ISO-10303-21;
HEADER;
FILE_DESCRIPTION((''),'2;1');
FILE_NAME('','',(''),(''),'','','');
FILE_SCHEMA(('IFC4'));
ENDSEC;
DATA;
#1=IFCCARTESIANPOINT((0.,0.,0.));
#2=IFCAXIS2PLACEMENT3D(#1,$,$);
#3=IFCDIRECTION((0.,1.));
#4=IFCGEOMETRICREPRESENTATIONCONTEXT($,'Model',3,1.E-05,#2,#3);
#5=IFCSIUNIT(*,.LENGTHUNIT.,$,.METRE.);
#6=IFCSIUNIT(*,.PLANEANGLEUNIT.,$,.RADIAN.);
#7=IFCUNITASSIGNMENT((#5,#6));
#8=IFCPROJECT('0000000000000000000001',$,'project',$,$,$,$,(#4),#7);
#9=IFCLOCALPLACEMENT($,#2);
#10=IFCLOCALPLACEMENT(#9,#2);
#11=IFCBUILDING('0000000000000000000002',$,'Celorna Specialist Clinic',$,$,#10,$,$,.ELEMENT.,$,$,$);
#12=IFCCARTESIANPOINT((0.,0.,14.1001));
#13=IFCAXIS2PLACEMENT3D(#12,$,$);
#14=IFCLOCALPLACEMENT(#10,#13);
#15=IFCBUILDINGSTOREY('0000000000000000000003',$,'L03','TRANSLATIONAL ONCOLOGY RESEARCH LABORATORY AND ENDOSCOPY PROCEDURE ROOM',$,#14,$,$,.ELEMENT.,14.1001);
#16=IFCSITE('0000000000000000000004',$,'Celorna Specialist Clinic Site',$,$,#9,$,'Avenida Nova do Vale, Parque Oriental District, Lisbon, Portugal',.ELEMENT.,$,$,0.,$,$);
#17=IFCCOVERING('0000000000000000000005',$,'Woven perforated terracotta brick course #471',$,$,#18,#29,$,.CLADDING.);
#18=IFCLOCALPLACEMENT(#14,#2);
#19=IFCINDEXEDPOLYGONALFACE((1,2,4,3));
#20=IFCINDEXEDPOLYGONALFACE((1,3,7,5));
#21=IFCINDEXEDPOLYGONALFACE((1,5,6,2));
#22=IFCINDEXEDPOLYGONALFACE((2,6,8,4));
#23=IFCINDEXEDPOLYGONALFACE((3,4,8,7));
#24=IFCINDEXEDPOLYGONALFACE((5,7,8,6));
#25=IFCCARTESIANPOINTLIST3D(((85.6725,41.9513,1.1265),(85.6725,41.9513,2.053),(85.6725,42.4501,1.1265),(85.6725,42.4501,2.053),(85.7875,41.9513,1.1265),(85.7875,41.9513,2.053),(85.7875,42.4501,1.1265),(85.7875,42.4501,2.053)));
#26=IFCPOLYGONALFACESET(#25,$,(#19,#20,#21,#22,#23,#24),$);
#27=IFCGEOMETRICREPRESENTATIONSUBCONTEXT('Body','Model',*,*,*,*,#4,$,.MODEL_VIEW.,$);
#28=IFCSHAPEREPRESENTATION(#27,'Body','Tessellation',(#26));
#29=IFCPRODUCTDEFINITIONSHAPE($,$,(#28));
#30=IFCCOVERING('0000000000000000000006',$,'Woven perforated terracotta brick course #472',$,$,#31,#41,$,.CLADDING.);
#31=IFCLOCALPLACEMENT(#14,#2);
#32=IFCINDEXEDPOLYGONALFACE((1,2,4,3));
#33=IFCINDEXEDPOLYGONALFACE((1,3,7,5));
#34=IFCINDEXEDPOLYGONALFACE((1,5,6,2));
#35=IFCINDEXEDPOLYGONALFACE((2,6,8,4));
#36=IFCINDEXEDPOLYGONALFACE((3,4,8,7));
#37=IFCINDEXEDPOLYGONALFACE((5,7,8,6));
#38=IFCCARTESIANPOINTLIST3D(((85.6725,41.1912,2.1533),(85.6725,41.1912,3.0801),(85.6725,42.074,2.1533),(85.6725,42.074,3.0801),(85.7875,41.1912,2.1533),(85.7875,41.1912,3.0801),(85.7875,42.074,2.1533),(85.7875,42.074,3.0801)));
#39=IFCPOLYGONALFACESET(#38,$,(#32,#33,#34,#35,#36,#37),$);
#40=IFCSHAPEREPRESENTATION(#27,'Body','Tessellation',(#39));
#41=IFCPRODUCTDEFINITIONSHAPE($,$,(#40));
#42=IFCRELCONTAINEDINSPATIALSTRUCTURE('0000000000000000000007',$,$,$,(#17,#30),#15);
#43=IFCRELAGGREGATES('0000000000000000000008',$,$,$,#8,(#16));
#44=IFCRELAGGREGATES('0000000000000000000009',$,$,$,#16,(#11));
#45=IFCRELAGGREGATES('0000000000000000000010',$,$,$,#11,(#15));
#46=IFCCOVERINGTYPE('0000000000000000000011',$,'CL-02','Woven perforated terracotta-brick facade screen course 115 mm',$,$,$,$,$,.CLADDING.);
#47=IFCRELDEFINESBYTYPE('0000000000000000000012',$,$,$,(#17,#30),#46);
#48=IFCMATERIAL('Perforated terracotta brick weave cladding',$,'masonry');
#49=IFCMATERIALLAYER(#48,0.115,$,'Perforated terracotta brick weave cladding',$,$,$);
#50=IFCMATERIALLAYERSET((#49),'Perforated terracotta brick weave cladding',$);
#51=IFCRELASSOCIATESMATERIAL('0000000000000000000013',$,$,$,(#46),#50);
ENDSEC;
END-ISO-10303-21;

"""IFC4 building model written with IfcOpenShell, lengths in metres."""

from ifc_helpers import new_model, si_unit, direction, frame, origin, origin_2d, place, context, subcontext, project, spatial, rectangle, extrude, material, layer, layer_set, type_object, element, save


model = new_model("IFC4")

# Units and contexts
model_context = context("Model", 3, precision=1e-05, world=origin(), true_north=direction((0.0, 1.0)))
body_context = subcontext(model_context, "Body", "Model", "MODEL_VIEW")
ifc_project = project(units=[si_unit("LENGTHUNIT", "METRE"), si_unit("PLANEANGLEUNIT", "RADIAN")], contexts=[model_context])

# Site, building, storey
site_placement = place(None, origin())
site = spatial("IfcSite", under=ifc_project, at=site_placement, Name="Celorna Specialist Clinic Site", LongName="Avenida Nova do Vale, Parque Oriental District, Lisbon, Portugal", CompositionType="ELEMENT", RefElevation=0.0)
building_placement = place(site_placement, origin())
building = spatial("IfcBuilding", under=site, at=building_placement, Name="Celorna Specialist Clinic", CompositionType="ELEMENT")
storey_placement = place(building_placement, frame((0.0, 0.0, 14.1001)))
storey = spatial("IfcBuildingStorey", under=building, at=storey_placement, Name="L03", Description="TRANSLATIONAL ONCOLOGY RESEARCH LABORATORY AND ENDOSCOPY PROCEDURE ROOM", CompositionType="ELEMENT", Elevation=14.1001)

# Coverings
ifc_material_1 = material(Name="Perforated terracotta brick weave cladding", Category="masonry")
ifc_layer_1 = layer(ifc_material_1, 0.115, Name="Perforated terracotta brick weave cladding")
ifc_layer_set_1 = layer_set([ifc_layer_1], Name="Perforated terracotta brick weave cladding")
covering_type = type_object("IfcCoveringType", Name="CL-02", Description="Woven perforated terracotta-brick facade screen course 115 mm", PredefinedType="CLADDING", material=ifc_layer_set_1)
for number, where, z_axis, x_axis, name in (
    (1, (85.73, 42.2007, 1.1265), (0.0, 0.0, 1.0), (0.0, 1.0, 0.0), "Woven perforated terracotta brick course #471"),
):
    element("IfcCovering", number, at=place(storey_placement, frame(where, z_axis=z_axis, x_axis=x_axis)), inside=storey, type_object=covering_type, Name=name, PredefinedType="CLADDING", context=body_context, shape_type="SweptSolid", body=[
        extrude(rectangle(XDim=0.4988, YDim=0.115, at=origin_2d()), origin(), (0.0, 0.0, 1.0), 0.9265),
    ])
covering_1_placement = place(storey_placement, frame((85.73, 41.6326, 2.1533), z_axis=(0.0, 0.0, 1.0), x_axis=(0.0, 1.0, 0.0)))
element("IfcCovering", 2, at=covering_1_placement, inside=storey, type_object=covering_type, Name="Woven perforated terracotta brick course #472", PredefinedType="CLADDING", context=body_context, shape_type="SweptSolid", body=[
    extrude(rectangle(XDim=0.8828, YDim=0.115, at=origin_2d()), origin(), (0.0, 0.0, 1.0), 0.9268),
])

save(model, "model.ifc")
